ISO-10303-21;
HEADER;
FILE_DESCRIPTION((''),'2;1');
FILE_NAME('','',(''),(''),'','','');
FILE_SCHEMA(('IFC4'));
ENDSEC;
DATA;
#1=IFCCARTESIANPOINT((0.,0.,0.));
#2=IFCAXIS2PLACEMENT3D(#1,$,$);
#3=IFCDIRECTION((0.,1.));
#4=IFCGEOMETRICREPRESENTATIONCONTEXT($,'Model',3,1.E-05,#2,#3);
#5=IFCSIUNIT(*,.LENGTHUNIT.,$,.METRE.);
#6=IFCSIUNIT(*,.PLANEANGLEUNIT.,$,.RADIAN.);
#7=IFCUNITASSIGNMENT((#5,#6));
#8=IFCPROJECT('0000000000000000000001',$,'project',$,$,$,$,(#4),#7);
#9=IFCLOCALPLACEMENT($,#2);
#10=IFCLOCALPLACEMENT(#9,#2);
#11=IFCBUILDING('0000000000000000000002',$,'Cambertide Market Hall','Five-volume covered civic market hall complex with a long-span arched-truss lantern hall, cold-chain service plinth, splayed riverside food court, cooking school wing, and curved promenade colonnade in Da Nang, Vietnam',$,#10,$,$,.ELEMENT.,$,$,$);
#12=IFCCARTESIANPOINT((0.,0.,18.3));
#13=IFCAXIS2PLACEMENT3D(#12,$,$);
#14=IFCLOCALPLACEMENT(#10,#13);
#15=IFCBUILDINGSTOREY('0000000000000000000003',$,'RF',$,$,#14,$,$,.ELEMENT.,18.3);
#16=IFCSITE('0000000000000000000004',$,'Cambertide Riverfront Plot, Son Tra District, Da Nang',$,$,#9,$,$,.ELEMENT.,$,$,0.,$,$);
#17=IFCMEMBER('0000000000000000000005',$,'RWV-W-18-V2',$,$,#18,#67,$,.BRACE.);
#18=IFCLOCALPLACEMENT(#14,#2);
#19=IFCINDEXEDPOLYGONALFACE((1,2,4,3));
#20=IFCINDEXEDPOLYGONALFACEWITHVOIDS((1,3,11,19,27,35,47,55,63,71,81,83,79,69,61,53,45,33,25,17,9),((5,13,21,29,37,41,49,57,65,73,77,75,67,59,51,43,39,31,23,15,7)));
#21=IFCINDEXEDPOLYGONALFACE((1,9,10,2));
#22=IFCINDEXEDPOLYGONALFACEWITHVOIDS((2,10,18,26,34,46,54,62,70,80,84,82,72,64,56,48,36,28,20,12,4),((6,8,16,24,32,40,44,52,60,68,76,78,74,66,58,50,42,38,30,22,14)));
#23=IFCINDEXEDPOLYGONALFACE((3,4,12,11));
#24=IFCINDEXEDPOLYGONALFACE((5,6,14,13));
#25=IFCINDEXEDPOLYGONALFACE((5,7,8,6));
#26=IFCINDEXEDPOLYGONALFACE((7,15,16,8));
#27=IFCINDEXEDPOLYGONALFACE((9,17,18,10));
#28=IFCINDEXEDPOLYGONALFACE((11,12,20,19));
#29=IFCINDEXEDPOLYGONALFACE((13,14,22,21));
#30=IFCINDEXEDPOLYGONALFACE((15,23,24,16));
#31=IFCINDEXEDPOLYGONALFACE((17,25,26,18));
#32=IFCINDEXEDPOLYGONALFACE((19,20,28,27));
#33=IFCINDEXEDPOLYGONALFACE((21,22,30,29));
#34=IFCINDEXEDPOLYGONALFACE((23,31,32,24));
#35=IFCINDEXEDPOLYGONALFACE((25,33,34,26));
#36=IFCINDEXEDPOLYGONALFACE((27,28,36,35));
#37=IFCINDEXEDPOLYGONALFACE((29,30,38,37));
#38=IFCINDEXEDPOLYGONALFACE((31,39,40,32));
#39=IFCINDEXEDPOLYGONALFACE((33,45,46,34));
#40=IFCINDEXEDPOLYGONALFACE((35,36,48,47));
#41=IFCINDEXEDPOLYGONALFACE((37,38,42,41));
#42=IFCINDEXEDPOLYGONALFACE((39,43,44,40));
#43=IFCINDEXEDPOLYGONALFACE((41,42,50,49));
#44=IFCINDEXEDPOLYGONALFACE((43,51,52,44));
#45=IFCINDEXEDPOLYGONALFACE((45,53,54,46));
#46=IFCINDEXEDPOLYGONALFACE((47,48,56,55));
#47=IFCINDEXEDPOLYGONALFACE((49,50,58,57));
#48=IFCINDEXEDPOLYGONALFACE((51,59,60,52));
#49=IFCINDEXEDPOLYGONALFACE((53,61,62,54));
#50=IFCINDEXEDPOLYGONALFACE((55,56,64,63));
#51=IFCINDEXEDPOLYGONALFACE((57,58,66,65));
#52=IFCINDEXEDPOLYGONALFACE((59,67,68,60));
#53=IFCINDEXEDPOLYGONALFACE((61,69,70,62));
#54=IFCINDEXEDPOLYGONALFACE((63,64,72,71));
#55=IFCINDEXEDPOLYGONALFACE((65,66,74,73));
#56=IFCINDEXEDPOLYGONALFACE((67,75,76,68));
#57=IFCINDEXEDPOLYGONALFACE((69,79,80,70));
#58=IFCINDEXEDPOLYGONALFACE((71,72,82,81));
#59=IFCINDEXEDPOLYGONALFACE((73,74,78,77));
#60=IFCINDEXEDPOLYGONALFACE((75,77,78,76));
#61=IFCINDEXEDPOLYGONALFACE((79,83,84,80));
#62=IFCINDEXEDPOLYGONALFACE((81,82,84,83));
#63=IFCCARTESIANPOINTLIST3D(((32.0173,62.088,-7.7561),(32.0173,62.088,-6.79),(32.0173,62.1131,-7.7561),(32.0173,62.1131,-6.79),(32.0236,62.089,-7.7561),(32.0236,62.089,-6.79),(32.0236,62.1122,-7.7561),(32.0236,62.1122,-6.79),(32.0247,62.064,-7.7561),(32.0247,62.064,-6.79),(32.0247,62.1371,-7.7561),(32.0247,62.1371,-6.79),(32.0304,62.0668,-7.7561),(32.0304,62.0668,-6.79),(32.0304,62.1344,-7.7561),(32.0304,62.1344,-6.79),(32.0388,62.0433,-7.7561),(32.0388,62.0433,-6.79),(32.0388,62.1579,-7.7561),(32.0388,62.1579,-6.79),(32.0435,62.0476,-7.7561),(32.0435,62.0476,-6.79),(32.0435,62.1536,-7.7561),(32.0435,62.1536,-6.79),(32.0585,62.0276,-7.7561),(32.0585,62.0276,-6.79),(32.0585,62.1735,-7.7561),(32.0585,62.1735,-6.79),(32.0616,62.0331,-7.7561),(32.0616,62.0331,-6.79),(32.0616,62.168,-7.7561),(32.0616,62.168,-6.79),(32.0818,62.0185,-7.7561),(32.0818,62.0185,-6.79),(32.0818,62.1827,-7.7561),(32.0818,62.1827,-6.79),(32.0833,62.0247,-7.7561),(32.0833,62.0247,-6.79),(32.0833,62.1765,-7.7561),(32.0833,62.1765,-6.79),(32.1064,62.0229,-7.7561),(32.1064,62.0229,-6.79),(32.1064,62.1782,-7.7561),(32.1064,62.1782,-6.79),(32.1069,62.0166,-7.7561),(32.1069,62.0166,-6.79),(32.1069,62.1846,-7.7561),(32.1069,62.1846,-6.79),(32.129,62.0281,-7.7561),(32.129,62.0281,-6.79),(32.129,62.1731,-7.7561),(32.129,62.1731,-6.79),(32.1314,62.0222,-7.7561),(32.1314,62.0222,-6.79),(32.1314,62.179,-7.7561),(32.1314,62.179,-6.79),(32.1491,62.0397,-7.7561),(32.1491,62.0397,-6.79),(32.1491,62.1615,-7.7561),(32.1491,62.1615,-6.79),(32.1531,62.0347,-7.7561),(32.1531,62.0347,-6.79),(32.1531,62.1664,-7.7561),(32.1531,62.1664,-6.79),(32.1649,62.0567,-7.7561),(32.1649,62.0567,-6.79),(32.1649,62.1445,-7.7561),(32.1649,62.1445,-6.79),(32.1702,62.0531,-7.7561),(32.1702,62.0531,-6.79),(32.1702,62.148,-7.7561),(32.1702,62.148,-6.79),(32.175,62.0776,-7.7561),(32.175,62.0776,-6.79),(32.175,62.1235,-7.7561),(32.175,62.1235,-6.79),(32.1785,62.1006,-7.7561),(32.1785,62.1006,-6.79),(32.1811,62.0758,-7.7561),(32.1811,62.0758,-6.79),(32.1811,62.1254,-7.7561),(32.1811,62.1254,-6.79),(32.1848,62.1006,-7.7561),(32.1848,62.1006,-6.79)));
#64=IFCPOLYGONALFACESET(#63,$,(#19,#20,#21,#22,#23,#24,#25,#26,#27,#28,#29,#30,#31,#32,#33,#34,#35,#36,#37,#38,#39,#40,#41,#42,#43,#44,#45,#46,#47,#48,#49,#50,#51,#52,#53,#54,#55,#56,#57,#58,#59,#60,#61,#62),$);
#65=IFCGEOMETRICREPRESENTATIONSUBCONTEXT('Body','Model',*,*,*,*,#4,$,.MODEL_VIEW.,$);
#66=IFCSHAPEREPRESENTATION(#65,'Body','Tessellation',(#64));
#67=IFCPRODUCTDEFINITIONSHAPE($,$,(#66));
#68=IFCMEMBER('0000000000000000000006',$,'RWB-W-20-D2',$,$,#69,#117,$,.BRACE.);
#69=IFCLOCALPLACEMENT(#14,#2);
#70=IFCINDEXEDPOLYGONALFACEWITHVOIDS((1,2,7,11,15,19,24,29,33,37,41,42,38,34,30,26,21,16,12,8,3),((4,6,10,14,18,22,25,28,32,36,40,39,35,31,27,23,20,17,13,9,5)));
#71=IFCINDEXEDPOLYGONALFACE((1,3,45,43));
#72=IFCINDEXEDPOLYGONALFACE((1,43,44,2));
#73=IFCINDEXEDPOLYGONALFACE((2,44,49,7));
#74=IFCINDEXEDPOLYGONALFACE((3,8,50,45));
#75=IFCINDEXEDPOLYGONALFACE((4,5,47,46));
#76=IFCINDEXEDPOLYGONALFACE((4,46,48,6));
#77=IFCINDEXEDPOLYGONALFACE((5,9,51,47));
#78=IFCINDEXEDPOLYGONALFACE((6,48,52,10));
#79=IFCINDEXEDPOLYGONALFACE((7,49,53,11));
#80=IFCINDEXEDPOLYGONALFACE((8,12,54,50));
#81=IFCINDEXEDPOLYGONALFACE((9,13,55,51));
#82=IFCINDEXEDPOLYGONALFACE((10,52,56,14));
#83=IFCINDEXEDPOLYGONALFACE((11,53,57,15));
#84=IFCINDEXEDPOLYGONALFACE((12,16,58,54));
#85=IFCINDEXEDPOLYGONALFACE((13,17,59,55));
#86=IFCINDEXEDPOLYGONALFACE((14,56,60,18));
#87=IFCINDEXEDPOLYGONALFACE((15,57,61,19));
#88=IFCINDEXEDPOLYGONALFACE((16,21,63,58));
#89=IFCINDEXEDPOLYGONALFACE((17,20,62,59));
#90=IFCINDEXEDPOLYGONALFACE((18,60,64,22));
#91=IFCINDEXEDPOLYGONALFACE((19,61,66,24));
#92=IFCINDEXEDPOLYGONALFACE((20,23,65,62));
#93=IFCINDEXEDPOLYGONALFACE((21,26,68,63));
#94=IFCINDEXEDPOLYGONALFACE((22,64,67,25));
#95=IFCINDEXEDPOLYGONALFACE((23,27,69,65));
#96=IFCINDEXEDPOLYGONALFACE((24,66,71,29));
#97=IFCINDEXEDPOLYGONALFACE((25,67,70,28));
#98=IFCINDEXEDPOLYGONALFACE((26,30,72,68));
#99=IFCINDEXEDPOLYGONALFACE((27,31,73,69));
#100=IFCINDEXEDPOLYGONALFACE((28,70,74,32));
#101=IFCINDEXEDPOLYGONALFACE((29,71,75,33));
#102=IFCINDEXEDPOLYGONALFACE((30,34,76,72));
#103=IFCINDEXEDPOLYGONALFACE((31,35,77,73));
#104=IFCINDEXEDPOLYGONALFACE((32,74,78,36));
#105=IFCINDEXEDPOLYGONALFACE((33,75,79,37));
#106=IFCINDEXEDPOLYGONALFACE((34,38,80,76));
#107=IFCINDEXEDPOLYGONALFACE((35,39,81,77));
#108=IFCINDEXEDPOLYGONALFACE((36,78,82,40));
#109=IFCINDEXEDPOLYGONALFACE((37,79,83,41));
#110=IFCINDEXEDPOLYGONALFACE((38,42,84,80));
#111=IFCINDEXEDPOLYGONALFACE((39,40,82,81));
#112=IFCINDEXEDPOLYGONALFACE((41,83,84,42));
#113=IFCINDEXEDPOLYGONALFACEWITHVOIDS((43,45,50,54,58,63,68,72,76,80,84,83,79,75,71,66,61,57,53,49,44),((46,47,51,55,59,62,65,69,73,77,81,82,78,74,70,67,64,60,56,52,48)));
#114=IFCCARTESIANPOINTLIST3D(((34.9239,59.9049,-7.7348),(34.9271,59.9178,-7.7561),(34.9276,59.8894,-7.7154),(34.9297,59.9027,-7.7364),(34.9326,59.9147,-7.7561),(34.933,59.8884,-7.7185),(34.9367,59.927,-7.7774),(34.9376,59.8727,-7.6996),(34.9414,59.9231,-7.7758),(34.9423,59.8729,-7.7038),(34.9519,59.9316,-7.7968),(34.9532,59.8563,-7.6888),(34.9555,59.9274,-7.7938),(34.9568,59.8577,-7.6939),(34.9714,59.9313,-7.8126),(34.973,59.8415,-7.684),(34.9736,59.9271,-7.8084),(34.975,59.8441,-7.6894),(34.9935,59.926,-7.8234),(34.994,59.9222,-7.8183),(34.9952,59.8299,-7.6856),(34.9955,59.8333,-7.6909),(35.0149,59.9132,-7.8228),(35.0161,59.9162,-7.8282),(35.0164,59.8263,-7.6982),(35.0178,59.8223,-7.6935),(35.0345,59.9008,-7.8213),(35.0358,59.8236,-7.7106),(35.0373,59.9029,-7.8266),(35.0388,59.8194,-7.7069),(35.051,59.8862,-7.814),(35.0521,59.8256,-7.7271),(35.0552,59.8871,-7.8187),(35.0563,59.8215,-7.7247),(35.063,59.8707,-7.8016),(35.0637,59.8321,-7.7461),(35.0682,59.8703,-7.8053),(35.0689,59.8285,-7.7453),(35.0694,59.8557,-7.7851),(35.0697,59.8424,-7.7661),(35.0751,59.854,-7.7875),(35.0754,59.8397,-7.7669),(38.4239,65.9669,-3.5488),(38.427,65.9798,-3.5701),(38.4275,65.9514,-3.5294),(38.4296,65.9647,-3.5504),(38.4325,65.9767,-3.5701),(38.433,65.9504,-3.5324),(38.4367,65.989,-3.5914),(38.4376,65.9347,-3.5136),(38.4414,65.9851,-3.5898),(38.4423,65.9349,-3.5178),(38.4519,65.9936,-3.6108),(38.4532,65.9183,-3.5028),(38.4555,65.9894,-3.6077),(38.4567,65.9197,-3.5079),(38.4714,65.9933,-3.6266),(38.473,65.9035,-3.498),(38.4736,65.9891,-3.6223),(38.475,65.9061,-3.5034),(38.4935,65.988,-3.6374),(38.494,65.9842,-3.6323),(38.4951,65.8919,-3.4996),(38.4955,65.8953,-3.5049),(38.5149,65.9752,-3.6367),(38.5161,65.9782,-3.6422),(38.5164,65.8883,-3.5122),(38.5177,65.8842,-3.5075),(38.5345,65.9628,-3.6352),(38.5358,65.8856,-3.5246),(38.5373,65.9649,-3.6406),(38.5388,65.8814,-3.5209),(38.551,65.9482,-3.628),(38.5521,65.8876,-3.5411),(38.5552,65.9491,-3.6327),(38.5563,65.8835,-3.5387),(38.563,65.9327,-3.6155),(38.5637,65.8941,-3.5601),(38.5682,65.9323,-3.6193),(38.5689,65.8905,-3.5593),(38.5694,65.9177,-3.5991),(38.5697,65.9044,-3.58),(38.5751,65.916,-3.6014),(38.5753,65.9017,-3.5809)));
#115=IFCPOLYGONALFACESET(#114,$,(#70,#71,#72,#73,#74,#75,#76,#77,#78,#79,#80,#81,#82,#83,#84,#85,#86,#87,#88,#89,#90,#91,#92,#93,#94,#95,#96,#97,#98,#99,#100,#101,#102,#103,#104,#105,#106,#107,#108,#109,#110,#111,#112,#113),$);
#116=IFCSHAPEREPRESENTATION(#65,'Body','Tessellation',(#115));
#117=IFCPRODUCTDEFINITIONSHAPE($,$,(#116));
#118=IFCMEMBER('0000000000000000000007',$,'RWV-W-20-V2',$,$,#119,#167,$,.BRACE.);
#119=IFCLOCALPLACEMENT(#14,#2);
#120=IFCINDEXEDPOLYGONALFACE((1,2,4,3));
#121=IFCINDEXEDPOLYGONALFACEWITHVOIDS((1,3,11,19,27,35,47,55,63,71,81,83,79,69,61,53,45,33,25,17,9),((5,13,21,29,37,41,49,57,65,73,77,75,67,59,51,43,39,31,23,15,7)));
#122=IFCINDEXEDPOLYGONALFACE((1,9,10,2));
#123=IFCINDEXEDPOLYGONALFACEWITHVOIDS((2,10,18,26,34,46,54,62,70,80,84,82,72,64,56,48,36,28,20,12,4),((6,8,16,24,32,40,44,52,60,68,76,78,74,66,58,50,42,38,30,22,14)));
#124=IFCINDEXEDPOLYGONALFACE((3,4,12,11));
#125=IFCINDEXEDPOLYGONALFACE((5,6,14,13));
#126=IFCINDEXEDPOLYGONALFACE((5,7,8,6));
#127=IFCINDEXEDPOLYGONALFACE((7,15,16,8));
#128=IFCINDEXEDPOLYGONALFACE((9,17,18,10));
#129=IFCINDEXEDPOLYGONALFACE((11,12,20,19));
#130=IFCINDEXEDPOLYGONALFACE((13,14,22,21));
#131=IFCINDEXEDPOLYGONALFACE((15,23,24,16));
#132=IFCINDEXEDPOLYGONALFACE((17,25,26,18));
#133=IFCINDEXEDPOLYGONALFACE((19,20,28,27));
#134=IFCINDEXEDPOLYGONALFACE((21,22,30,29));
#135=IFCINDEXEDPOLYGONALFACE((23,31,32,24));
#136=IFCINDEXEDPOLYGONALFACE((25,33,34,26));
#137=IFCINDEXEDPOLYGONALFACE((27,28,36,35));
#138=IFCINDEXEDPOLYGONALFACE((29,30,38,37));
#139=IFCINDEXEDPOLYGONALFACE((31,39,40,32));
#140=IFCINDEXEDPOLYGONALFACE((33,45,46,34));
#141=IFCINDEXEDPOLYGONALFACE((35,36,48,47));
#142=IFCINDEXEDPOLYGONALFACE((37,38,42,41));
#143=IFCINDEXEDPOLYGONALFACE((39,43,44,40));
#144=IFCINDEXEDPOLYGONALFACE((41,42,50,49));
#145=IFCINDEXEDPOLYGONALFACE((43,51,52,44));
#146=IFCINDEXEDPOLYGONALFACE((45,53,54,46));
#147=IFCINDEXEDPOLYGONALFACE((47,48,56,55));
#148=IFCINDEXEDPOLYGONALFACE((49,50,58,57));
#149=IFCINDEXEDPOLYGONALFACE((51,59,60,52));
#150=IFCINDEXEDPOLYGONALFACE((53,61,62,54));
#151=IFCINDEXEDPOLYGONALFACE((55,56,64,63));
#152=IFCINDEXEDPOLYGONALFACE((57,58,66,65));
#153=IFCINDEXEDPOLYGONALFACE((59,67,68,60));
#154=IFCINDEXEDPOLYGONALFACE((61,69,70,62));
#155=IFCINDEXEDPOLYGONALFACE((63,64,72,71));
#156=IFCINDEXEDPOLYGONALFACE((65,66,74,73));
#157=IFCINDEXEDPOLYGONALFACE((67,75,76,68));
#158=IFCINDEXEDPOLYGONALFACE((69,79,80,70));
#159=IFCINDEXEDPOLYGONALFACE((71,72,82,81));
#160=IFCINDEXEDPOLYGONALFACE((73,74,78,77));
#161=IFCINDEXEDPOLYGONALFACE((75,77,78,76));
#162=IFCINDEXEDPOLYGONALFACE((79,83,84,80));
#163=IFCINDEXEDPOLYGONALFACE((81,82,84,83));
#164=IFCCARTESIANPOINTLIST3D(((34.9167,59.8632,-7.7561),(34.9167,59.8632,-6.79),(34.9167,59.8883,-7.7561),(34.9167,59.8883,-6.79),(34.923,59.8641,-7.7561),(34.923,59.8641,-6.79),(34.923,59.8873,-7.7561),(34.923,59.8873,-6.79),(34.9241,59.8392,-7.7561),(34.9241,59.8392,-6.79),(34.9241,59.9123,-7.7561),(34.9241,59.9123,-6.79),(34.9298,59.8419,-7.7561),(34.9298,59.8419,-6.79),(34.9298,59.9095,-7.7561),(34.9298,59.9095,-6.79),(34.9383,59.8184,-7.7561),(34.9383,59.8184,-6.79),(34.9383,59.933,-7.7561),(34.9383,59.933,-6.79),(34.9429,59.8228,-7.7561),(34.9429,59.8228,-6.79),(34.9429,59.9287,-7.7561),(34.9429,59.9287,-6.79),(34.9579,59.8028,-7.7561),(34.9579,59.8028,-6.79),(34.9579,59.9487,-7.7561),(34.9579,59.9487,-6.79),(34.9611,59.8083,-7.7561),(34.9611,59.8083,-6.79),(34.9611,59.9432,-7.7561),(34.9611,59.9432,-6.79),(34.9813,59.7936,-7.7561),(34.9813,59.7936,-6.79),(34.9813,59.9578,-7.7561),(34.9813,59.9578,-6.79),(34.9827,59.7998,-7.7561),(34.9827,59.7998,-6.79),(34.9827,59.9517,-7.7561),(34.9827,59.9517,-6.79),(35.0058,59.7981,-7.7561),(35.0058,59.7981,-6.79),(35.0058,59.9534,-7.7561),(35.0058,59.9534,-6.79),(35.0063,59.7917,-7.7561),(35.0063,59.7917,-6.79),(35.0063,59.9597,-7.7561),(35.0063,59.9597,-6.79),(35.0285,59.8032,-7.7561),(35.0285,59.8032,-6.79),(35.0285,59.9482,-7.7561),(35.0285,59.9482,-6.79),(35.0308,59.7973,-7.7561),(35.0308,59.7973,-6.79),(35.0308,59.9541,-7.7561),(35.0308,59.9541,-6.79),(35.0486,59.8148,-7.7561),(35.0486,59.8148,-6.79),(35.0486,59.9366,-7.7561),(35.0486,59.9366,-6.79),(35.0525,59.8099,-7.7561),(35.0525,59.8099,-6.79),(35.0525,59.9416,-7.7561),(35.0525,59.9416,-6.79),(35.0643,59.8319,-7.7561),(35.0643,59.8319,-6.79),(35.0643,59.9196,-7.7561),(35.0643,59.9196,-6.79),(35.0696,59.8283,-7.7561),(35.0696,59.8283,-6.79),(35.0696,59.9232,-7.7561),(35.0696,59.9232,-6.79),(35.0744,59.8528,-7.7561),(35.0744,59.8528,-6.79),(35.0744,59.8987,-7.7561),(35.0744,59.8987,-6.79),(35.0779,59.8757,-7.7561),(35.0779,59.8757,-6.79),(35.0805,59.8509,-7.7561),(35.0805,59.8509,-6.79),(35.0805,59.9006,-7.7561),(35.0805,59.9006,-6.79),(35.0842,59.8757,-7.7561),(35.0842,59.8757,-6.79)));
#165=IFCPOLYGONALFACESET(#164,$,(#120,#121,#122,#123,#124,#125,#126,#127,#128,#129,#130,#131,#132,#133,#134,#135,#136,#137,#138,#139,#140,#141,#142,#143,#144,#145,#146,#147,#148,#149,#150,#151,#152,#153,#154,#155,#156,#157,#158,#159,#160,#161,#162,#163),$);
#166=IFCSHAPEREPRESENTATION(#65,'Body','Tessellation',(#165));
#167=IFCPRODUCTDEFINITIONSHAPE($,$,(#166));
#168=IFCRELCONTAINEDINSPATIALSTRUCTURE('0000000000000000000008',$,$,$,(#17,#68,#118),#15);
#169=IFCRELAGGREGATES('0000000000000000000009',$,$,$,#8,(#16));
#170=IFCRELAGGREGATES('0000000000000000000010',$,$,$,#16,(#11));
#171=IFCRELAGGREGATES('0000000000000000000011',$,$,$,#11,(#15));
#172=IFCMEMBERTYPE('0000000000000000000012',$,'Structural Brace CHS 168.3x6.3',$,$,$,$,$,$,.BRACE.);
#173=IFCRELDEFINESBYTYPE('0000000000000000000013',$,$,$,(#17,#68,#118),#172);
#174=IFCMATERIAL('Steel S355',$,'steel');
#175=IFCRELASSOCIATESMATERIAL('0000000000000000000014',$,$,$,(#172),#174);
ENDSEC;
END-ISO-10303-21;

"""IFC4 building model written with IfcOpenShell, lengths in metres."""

from ifc_helpers import new_model, si_unit, direction, frame, origin, origin_2d, place, context, subcontext, project, spatial, hollow_circle, extrude, material, material_profile, profile_set, type_object, element, save


model = new_model("IFC4")

# Units and contexts
model_context = context("Model", 3, precision=1e-05, world=origin(), true_north=direction((0.0, 1.0)))
body_context = subcontext(model_context, "Body", "Model", "MODEL_VIEW")
ifc_project = project(units=[si_unit("LENGTHUNIT", "METRE"), si_unit("PLANEANGLEUNIT", "RADIAN")], contexts=[model_context])

# Site, building, storey
site_placement = place(None, origin())
site = spatial("IfcSite", under=ifc_project, at=site_placement, Name="Cambertide Riverfront Plot, Son Tra District, Da Nang", CompositionType="ELEMENT", RefElevation=0.0)
building_placement = place(site_placement, origin())
building = spatial("IfcBuilding", under=site, at=building_placement, Name="Cambertide Market Hall", Description="Five-volume covered civic market hall complex with a long-span arched-truss lantern hall, cold-chain service plinth, splayed riverside food court, cooking school wing, and curved promenade colonnade in Da Nang, Vietnam", CompositionType="ELEMENT")
storey_placement = place(building_placement, frame((0.0, 0.0, 18.3)))
storey = spatial("IfcBuildingStorey", under=building, at=storey_placement, Name="RF", CompositionType="ELEMENT", Elevation=18.3)

# Members
ifc_material_1 = material(Name="Steel S355", Category="steel")
ifc_material_profile_1 = material_profile(ifc_material_1, hollow_circle(Radius=0.0842, WallThickness=0.0063, at=origin_2d()), Name="CHS 168.3x6.3")
ifc_profile_set_1 = profile_set([ifc_material_profile_1], Name="Steel S355")
member_type_1 = type_object("IfcMemberType", Name="Structural Brace CHS 168.3x6.3", PredefinedType="BRACE", material=ifc_profile_set_1)
member_1_placement = place(storey_placement, frame((32.1006, 62.1006, -7.7561), z_axis=(0.0, 0.0, 1.0), x_axis=(1.0, 0.0, 0.0)))
element("IfcMember", 1, at=member_1_placement, inside=storey, type_object=member_type_1, Name="RWV-W-18-V2", PredefinedType="BRACE", context=body_context, shape_type="SweptSolid", body=[
    extrude(hollow_circle(Radius=0.0842, WallThickness=0.0063, at=origin_2d()), origin(), (0.0, 0.0, 1.0), 0.9661),
])
member_2_placement = place(storey_placement, frame((35.0, 59.8757, -7.7561), z_axis=(0.42913, 0.743255, 0.513244), x_axis=(-0.866019, 0.50001, 0.0)))
element("IfcMember", 2, at=member_2_placement, inside=storey, type_object=member_type_1, Name="RWB-W-20-D2", PredefinedType="BRACE", context=body_context, shape_type="SweptSolid", body=[
    extrude(hollow_circle(Radius=0.0842, WallThickness=0.0063, at=origin_2d()), origin(), (0.0, 0.0, 1.0), 8.156),
])
member_3_placement = place(storey_placement, frame((35.0, 59.8757, -7.7561), z_axis=(0.0, 0.0, 1.0), x_axis=(1.0, 0.0, 0.0)))
element("IfcMember", 3, at=member_3_placement, inside=storey, type_object=member_type_1, Name="RWV-W-20-V2", PredefinedType="BRACE", context=body_context, shape_type="SweptSolid", body=[
    extrude(hollow_circle(Radius=0.0842, WallThickness=0.0063, at=origin_2d()), origin(), (0.0, 0.0, 1.0), 0.9661),
])

save(model, "model.ifc")
